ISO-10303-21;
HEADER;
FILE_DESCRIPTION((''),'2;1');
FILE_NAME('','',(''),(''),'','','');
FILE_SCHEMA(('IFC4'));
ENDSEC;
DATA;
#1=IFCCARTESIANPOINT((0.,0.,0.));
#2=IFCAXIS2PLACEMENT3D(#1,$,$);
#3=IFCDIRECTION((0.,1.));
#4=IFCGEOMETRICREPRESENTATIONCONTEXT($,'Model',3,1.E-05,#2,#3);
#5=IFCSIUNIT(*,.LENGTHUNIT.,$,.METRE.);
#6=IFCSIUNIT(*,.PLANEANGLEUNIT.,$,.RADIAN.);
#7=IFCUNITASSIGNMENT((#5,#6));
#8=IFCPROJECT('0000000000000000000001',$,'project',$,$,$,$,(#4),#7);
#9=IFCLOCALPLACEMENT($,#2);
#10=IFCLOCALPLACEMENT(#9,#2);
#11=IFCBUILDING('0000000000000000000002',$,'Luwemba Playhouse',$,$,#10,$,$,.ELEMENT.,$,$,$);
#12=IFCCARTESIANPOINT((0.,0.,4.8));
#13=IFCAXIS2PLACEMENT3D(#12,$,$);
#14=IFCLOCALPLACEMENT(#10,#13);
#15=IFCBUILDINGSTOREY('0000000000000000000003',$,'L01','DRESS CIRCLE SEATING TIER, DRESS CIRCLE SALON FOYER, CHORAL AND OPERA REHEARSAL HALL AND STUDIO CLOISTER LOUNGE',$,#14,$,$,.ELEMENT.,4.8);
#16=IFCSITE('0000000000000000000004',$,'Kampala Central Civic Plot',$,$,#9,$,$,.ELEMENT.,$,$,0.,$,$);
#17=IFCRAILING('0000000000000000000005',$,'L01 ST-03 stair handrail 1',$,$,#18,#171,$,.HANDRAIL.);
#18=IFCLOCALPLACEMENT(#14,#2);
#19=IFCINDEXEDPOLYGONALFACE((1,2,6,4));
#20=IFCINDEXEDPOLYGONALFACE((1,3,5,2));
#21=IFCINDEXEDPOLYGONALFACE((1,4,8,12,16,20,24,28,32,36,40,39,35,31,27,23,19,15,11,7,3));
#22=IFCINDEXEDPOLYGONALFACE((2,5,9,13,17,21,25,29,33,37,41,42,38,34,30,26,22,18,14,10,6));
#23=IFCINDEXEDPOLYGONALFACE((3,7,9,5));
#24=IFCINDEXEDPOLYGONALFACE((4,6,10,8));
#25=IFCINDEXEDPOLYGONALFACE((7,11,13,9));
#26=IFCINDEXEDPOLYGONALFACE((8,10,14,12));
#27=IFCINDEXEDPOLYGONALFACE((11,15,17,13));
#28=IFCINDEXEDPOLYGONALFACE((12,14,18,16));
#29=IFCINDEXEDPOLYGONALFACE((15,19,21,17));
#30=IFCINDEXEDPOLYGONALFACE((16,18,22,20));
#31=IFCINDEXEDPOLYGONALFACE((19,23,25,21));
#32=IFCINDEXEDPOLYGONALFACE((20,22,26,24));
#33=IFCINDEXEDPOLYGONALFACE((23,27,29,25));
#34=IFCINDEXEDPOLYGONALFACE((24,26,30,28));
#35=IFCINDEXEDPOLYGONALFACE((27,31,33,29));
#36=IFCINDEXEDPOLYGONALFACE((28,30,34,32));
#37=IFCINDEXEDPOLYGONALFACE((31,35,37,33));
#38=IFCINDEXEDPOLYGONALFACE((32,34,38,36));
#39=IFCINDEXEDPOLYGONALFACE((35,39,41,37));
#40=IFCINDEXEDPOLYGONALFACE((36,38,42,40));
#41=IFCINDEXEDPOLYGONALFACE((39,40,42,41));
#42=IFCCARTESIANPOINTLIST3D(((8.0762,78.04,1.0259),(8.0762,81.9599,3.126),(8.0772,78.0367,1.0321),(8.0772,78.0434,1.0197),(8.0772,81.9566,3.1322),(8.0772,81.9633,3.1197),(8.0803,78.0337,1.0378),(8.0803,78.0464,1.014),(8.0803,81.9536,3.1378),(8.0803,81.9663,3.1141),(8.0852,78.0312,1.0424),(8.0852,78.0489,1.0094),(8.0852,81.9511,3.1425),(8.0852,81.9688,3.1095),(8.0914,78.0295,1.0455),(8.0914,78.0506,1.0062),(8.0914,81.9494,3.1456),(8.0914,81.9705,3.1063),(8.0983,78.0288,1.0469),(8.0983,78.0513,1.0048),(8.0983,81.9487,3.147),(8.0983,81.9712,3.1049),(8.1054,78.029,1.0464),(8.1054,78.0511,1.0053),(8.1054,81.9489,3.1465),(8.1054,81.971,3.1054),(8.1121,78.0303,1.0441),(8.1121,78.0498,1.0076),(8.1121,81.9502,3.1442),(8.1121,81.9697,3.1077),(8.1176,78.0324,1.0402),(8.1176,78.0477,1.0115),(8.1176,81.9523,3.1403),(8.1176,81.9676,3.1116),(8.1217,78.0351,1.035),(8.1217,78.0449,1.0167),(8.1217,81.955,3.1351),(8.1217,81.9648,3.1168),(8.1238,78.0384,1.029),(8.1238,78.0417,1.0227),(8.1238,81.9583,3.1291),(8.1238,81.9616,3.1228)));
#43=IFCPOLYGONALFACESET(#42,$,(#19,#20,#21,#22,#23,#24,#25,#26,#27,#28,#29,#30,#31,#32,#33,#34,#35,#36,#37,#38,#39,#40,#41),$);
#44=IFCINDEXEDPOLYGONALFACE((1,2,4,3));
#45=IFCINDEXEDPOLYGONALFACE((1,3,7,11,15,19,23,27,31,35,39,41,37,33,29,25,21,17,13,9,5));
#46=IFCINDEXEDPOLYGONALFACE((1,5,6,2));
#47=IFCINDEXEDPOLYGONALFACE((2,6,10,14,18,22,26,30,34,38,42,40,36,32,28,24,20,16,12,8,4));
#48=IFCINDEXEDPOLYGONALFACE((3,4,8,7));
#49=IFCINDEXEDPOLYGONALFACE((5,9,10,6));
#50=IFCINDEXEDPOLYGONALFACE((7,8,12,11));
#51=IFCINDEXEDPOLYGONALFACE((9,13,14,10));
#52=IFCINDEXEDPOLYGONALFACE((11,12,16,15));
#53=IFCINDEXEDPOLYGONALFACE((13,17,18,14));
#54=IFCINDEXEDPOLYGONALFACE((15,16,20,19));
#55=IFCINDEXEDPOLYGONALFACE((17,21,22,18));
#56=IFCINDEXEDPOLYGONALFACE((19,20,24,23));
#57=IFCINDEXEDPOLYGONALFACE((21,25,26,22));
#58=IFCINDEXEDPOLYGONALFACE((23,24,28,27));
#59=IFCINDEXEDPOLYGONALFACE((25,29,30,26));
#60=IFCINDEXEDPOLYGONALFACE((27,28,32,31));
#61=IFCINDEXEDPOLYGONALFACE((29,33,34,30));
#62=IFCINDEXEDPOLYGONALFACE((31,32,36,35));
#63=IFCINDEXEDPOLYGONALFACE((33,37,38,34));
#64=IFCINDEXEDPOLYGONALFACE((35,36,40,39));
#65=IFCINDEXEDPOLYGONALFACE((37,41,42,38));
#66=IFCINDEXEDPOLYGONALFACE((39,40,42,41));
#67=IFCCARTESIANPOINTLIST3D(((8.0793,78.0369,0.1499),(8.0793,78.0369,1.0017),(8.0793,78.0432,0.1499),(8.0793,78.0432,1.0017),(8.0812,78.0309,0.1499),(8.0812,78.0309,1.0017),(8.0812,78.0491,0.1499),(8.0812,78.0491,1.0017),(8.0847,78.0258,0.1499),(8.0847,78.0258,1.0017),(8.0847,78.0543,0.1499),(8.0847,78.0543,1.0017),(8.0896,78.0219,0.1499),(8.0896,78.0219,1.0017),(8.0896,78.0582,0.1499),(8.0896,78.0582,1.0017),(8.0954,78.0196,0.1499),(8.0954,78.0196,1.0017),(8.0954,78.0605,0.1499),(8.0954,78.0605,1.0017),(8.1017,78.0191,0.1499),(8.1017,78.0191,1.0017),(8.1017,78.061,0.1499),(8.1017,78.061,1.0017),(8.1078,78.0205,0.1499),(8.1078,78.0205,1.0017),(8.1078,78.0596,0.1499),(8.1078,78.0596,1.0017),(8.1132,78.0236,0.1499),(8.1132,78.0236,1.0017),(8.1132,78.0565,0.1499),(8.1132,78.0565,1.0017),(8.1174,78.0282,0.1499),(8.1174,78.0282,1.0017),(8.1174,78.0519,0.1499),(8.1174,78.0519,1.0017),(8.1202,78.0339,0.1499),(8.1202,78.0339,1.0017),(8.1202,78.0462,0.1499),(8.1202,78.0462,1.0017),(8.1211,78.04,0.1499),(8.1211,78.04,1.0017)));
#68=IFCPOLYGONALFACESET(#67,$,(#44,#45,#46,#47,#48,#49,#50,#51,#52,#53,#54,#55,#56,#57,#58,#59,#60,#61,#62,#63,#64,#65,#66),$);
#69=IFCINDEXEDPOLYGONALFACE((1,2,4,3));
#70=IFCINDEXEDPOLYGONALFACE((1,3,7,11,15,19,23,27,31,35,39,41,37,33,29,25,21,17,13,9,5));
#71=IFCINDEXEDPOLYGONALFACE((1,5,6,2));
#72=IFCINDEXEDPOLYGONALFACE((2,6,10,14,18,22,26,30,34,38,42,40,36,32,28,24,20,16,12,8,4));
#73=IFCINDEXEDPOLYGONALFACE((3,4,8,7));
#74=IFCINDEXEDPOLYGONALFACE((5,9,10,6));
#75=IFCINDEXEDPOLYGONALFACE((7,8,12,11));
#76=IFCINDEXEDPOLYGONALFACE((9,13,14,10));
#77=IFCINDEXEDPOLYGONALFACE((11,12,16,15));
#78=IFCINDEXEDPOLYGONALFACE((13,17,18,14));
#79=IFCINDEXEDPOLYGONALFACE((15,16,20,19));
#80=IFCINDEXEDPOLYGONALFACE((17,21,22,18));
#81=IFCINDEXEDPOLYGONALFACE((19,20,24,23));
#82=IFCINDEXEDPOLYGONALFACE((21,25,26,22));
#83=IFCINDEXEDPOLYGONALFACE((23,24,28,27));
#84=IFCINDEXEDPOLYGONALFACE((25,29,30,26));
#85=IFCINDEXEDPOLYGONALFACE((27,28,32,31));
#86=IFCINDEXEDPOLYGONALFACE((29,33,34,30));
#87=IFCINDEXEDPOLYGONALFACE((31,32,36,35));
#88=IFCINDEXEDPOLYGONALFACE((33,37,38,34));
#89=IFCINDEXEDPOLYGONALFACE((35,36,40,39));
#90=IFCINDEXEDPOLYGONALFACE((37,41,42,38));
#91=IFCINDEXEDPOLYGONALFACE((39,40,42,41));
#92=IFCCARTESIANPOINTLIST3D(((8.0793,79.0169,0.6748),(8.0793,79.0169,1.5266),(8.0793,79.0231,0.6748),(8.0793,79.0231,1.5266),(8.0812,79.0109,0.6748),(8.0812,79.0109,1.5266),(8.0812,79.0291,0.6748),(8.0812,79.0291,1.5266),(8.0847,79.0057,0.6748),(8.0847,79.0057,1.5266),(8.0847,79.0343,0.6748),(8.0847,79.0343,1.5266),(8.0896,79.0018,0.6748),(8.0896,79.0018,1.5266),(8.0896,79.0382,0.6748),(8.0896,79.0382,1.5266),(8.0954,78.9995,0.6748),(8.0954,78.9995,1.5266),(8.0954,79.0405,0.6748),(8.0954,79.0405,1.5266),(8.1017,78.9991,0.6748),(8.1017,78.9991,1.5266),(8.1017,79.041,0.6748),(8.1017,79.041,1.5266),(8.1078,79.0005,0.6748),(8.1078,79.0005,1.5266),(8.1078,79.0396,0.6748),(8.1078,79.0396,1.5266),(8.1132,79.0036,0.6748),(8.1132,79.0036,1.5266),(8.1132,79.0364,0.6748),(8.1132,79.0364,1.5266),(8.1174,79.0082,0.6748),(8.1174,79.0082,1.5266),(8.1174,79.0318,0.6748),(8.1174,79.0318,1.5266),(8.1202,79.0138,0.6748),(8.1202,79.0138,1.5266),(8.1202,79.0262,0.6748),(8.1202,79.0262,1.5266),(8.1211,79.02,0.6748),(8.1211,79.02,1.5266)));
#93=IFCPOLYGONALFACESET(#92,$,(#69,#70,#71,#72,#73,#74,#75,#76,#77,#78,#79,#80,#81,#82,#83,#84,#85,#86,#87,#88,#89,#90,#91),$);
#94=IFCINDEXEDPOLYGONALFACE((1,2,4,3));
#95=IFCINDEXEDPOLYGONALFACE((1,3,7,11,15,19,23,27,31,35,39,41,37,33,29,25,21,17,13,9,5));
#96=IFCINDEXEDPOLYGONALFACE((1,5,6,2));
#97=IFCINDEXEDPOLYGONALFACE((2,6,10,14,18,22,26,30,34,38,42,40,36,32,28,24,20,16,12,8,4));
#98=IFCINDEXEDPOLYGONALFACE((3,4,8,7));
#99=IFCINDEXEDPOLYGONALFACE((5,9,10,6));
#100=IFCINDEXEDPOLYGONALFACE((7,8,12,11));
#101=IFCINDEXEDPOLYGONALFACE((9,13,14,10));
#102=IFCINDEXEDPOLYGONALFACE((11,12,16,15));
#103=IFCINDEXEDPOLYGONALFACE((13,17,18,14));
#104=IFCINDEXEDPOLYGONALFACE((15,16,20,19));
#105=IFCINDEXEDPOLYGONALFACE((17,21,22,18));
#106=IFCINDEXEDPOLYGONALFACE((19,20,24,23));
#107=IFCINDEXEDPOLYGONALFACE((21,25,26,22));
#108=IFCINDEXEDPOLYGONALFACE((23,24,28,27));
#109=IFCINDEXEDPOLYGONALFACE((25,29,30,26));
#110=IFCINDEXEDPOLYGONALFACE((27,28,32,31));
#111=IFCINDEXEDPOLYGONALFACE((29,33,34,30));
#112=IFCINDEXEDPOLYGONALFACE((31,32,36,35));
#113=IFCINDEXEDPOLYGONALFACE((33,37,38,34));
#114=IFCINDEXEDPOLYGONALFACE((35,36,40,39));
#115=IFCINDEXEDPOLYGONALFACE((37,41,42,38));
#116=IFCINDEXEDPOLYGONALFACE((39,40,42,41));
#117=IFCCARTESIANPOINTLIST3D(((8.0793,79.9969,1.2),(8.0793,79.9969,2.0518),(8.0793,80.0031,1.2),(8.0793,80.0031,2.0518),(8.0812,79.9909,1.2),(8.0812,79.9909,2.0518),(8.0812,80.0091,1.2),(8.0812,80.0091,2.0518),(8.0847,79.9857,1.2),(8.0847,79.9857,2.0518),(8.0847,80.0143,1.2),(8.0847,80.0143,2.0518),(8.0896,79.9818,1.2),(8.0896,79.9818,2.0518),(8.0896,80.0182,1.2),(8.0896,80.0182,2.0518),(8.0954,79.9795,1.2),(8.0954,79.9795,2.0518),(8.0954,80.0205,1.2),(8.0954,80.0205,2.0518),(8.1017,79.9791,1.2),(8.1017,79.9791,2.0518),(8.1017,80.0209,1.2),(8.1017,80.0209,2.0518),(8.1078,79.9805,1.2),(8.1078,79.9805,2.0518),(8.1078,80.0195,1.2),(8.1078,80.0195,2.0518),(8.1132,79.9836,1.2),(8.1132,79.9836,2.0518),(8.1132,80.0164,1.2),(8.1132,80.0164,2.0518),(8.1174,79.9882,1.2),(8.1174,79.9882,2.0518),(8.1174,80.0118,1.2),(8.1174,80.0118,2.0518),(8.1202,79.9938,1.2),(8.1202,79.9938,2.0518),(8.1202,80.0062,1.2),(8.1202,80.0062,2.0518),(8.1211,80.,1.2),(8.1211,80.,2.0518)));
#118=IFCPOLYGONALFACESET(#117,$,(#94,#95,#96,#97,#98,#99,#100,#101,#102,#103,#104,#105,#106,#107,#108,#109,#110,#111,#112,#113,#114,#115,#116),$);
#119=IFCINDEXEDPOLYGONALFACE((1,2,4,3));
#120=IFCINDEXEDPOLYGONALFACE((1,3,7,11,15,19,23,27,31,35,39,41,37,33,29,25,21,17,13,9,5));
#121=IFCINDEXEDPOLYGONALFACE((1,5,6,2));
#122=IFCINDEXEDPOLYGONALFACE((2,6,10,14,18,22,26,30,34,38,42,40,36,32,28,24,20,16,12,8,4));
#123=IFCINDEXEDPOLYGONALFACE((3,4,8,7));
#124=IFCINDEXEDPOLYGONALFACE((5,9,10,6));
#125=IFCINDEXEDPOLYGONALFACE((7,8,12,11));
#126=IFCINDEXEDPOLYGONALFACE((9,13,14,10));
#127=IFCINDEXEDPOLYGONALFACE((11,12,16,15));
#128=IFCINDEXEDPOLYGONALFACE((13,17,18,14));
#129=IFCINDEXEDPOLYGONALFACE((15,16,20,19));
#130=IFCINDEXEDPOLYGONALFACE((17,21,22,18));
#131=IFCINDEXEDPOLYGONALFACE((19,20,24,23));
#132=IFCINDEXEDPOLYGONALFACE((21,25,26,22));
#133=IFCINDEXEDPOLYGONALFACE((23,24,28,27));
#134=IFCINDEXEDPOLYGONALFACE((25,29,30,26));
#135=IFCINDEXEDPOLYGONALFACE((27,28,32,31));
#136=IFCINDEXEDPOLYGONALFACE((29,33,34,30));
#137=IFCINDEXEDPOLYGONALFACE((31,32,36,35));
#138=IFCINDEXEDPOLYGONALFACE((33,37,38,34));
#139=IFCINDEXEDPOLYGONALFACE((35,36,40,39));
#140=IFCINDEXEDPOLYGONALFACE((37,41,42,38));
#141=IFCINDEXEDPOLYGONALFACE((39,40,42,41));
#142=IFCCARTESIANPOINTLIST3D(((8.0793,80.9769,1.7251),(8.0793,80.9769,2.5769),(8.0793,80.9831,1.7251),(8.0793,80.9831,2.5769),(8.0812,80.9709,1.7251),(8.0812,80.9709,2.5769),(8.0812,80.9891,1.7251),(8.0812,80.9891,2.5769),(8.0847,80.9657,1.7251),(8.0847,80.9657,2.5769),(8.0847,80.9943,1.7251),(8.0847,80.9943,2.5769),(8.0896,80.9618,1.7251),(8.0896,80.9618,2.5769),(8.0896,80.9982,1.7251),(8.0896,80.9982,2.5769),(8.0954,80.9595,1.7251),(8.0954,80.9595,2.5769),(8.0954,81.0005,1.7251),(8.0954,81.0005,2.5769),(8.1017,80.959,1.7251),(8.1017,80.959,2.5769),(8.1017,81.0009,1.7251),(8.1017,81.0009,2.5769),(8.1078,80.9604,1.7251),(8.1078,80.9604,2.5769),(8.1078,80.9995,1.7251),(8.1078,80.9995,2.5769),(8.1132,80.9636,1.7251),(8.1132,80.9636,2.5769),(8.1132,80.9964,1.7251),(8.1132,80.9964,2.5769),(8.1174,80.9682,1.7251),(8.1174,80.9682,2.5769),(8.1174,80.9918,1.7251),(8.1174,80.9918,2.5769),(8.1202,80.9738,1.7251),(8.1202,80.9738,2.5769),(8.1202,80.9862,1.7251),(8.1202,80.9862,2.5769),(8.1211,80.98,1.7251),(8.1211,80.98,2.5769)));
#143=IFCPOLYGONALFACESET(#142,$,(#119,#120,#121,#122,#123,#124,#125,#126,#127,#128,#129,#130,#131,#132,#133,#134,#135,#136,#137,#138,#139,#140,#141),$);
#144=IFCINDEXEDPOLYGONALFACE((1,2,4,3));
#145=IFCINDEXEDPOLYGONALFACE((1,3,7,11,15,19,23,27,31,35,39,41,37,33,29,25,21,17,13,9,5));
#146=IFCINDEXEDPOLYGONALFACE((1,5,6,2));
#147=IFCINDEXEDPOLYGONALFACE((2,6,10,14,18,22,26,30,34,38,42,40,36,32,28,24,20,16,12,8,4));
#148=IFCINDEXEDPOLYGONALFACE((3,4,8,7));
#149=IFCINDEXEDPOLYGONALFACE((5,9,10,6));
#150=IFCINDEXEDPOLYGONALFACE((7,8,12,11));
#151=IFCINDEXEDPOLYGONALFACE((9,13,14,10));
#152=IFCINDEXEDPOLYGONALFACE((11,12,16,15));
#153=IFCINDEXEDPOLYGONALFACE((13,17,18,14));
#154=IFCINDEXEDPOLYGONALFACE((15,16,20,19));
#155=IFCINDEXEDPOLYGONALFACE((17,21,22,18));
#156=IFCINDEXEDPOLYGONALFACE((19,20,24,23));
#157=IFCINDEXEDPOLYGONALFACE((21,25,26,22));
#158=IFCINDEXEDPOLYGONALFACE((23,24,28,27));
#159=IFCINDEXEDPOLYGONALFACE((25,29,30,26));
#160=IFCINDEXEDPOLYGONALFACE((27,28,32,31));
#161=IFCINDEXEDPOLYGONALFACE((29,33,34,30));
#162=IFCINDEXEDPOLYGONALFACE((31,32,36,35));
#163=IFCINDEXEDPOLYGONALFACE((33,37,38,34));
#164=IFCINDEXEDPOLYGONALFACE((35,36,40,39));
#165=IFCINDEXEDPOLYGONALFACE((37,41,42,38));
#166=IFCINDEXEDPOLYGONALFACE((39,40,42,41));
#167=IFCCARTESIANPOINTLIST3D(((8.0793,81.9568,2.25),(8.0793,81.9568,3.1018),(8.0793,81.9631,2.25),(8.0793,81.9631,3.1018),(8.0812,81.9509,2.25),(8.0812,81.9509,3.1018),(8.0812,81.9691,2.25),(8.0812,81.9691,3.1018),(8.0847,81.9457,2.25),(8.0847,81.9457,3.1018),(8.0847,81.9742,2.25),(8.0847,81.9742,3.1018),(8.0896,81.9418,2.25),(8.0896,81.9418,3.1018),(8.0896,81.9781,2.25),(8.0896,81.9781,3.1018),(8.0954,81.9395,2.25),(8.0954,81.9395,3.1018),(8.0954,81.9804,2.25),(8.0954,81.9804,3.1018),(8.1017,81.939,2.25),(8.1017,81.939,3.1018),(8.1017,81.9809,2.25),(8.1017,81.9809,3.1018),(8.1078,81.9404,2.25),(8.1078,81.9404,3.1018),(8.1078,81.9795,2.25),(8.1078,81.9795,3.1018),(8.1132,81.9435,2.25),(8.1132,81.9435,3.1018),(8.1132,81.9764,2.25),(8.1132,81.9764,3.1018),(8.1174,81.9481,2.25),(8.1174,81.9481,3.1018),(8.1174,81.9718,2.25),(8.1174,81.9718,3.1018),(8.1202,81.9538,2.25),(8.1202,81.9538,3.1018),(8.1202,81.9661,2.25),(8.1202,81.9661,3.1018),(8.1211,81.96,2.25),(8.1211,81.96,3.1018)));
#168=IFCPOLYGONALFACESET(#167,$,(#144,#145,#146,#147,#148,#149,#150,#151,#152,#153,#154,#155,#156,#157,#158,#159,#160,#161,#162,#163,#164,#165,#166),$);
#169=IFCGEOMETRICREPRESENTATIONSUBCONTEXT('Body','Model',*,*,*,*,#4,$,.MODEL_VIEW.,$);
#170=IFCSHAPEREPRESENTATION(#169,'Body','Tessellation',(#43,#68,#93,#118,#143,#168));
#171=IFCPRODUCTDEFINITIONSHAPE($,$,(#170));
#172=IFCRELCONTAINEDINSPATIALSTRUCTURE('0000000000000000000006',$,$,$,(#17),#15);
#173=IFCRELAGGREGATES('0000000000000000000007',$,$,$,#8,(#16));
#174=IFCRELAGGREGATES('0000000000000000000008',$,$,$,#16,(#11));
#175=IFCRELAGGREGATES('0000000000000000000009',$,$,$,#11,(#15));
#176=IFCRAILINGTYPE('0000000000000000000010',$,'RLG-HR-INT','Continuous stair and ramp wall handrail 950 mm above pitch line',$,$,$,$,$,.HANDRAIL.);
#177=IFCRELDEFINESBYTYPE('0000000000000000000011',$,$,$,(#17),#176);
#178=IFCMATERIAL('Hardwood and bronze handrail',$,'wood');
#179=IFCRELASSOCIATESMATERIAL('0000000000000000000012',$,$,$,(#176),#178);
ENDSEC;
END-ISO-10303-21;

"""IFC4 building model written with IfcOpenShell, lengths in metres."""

from ifc_helpers import new_model, si_unit, direction, frame, origin, origin_2d, place, context, subcontext, project, spatial, circle, extrude, material, type_object, element, save


model = new_model("IFC4")

# Units and contexts
model_context = context("Model", 3, precision=1e-05, world=origin(), true_north=direction((0.0, 1.0)))
body_context = subcontext(model_context, "Body", "Model", "MODEL_VIEW")
ifc_project = project(units=[si_unit("LENGTHUNIT", "METRE"), si_unit("PLANEANGLEUNIT", "RADIAN")], contexts=[model_context])

# Site, building, storey
site_placement = place(None, origin())
site = spatial("IfcSite", under=ifc_project, at=site_placement, Name="Kampala Central Civic Plot", CompositionType="ELEMENT", RefElevation=0.0)
building_placement = place(site_placement, origin())
building = spatial("IfcBuilding", under=site, at=building_placement, Name="Luwemba Playhouse", CompositionType="ELEMENT")
storey_placement = place(building_placement, frame((0.0, 0.0, 4.8)))
storey = spatial("IfcBuildingStorey", under=building, at=storey_placement, Name="L01", Description="DRESS CIRCLE SEATING TIER, DRESS CIRCLE SALON FOYER, CHORAL AND OPERA REHEARSAL HALL AND STUDIO CLOISTER LOUNGE", CompositionType="ELEMENT", Elevation=4.8)

# Railing
ifc_material_1 = material(Name="Hardwood and bronze handrail", Category="wood")
railing_type_1 = type_object("IfcRailingType", Name="RLG-HR-INT", Description="Continuous stair and ramp wall handrail 950 mm above pitch line", PredefinedType="HANDRAIL", material=ifc_material_1)
railing_1_placement = place(storey_placement, frame((8.1001, 78.04, 0.1499)))
element("IfcRailing", 1, at=railing_1_placement, inside=storey, type_object=railing_type_1, Name="L01 ST-03 stair handrail 1", PredefinedType="HANDRAIL", context=body_context, shape_type="SweptSolid", body=[
    extrude(circle(Radius=0.0239, at=origin_2d()), frame((0.0, 0.0, 0.876), z_axis=(0.0, 0.881467, 0.472246), x_axis=(-1.0, 0.0, 0.0)), (0.0, 0.0, 1.0), 4.447),
    extrude(circle(Radius=0.021, at=origin_2d()), origin(), (0.0, 0.0, 1.0), 0.8518),
    extrude(circle(Radius=0.021, at=origin_2d()), frame((0.0, 0.98, 0.5249)), (0.0, 0.0, 1.0), 0.8518),
    extrude(circle(Radius=0.021, at=origin_2d()), frame((0.0, 1.96, 1.05)), (0.0, 0.0, 1.0), 0.8518),
    extrude(circle(Radius=0.021, at=origin_2d()), frame((0.0, 2.9399, 1.5752)), (0.0, 0.0, 1.0), 0.8518),
    extrude(circle(Radius=0.021, at=origin_2d()), frame((0.0, 3.9199, 2.1001)), (0.0, 0.0, 1.0), 0.8518),
])

save(model, "model.ifc")
